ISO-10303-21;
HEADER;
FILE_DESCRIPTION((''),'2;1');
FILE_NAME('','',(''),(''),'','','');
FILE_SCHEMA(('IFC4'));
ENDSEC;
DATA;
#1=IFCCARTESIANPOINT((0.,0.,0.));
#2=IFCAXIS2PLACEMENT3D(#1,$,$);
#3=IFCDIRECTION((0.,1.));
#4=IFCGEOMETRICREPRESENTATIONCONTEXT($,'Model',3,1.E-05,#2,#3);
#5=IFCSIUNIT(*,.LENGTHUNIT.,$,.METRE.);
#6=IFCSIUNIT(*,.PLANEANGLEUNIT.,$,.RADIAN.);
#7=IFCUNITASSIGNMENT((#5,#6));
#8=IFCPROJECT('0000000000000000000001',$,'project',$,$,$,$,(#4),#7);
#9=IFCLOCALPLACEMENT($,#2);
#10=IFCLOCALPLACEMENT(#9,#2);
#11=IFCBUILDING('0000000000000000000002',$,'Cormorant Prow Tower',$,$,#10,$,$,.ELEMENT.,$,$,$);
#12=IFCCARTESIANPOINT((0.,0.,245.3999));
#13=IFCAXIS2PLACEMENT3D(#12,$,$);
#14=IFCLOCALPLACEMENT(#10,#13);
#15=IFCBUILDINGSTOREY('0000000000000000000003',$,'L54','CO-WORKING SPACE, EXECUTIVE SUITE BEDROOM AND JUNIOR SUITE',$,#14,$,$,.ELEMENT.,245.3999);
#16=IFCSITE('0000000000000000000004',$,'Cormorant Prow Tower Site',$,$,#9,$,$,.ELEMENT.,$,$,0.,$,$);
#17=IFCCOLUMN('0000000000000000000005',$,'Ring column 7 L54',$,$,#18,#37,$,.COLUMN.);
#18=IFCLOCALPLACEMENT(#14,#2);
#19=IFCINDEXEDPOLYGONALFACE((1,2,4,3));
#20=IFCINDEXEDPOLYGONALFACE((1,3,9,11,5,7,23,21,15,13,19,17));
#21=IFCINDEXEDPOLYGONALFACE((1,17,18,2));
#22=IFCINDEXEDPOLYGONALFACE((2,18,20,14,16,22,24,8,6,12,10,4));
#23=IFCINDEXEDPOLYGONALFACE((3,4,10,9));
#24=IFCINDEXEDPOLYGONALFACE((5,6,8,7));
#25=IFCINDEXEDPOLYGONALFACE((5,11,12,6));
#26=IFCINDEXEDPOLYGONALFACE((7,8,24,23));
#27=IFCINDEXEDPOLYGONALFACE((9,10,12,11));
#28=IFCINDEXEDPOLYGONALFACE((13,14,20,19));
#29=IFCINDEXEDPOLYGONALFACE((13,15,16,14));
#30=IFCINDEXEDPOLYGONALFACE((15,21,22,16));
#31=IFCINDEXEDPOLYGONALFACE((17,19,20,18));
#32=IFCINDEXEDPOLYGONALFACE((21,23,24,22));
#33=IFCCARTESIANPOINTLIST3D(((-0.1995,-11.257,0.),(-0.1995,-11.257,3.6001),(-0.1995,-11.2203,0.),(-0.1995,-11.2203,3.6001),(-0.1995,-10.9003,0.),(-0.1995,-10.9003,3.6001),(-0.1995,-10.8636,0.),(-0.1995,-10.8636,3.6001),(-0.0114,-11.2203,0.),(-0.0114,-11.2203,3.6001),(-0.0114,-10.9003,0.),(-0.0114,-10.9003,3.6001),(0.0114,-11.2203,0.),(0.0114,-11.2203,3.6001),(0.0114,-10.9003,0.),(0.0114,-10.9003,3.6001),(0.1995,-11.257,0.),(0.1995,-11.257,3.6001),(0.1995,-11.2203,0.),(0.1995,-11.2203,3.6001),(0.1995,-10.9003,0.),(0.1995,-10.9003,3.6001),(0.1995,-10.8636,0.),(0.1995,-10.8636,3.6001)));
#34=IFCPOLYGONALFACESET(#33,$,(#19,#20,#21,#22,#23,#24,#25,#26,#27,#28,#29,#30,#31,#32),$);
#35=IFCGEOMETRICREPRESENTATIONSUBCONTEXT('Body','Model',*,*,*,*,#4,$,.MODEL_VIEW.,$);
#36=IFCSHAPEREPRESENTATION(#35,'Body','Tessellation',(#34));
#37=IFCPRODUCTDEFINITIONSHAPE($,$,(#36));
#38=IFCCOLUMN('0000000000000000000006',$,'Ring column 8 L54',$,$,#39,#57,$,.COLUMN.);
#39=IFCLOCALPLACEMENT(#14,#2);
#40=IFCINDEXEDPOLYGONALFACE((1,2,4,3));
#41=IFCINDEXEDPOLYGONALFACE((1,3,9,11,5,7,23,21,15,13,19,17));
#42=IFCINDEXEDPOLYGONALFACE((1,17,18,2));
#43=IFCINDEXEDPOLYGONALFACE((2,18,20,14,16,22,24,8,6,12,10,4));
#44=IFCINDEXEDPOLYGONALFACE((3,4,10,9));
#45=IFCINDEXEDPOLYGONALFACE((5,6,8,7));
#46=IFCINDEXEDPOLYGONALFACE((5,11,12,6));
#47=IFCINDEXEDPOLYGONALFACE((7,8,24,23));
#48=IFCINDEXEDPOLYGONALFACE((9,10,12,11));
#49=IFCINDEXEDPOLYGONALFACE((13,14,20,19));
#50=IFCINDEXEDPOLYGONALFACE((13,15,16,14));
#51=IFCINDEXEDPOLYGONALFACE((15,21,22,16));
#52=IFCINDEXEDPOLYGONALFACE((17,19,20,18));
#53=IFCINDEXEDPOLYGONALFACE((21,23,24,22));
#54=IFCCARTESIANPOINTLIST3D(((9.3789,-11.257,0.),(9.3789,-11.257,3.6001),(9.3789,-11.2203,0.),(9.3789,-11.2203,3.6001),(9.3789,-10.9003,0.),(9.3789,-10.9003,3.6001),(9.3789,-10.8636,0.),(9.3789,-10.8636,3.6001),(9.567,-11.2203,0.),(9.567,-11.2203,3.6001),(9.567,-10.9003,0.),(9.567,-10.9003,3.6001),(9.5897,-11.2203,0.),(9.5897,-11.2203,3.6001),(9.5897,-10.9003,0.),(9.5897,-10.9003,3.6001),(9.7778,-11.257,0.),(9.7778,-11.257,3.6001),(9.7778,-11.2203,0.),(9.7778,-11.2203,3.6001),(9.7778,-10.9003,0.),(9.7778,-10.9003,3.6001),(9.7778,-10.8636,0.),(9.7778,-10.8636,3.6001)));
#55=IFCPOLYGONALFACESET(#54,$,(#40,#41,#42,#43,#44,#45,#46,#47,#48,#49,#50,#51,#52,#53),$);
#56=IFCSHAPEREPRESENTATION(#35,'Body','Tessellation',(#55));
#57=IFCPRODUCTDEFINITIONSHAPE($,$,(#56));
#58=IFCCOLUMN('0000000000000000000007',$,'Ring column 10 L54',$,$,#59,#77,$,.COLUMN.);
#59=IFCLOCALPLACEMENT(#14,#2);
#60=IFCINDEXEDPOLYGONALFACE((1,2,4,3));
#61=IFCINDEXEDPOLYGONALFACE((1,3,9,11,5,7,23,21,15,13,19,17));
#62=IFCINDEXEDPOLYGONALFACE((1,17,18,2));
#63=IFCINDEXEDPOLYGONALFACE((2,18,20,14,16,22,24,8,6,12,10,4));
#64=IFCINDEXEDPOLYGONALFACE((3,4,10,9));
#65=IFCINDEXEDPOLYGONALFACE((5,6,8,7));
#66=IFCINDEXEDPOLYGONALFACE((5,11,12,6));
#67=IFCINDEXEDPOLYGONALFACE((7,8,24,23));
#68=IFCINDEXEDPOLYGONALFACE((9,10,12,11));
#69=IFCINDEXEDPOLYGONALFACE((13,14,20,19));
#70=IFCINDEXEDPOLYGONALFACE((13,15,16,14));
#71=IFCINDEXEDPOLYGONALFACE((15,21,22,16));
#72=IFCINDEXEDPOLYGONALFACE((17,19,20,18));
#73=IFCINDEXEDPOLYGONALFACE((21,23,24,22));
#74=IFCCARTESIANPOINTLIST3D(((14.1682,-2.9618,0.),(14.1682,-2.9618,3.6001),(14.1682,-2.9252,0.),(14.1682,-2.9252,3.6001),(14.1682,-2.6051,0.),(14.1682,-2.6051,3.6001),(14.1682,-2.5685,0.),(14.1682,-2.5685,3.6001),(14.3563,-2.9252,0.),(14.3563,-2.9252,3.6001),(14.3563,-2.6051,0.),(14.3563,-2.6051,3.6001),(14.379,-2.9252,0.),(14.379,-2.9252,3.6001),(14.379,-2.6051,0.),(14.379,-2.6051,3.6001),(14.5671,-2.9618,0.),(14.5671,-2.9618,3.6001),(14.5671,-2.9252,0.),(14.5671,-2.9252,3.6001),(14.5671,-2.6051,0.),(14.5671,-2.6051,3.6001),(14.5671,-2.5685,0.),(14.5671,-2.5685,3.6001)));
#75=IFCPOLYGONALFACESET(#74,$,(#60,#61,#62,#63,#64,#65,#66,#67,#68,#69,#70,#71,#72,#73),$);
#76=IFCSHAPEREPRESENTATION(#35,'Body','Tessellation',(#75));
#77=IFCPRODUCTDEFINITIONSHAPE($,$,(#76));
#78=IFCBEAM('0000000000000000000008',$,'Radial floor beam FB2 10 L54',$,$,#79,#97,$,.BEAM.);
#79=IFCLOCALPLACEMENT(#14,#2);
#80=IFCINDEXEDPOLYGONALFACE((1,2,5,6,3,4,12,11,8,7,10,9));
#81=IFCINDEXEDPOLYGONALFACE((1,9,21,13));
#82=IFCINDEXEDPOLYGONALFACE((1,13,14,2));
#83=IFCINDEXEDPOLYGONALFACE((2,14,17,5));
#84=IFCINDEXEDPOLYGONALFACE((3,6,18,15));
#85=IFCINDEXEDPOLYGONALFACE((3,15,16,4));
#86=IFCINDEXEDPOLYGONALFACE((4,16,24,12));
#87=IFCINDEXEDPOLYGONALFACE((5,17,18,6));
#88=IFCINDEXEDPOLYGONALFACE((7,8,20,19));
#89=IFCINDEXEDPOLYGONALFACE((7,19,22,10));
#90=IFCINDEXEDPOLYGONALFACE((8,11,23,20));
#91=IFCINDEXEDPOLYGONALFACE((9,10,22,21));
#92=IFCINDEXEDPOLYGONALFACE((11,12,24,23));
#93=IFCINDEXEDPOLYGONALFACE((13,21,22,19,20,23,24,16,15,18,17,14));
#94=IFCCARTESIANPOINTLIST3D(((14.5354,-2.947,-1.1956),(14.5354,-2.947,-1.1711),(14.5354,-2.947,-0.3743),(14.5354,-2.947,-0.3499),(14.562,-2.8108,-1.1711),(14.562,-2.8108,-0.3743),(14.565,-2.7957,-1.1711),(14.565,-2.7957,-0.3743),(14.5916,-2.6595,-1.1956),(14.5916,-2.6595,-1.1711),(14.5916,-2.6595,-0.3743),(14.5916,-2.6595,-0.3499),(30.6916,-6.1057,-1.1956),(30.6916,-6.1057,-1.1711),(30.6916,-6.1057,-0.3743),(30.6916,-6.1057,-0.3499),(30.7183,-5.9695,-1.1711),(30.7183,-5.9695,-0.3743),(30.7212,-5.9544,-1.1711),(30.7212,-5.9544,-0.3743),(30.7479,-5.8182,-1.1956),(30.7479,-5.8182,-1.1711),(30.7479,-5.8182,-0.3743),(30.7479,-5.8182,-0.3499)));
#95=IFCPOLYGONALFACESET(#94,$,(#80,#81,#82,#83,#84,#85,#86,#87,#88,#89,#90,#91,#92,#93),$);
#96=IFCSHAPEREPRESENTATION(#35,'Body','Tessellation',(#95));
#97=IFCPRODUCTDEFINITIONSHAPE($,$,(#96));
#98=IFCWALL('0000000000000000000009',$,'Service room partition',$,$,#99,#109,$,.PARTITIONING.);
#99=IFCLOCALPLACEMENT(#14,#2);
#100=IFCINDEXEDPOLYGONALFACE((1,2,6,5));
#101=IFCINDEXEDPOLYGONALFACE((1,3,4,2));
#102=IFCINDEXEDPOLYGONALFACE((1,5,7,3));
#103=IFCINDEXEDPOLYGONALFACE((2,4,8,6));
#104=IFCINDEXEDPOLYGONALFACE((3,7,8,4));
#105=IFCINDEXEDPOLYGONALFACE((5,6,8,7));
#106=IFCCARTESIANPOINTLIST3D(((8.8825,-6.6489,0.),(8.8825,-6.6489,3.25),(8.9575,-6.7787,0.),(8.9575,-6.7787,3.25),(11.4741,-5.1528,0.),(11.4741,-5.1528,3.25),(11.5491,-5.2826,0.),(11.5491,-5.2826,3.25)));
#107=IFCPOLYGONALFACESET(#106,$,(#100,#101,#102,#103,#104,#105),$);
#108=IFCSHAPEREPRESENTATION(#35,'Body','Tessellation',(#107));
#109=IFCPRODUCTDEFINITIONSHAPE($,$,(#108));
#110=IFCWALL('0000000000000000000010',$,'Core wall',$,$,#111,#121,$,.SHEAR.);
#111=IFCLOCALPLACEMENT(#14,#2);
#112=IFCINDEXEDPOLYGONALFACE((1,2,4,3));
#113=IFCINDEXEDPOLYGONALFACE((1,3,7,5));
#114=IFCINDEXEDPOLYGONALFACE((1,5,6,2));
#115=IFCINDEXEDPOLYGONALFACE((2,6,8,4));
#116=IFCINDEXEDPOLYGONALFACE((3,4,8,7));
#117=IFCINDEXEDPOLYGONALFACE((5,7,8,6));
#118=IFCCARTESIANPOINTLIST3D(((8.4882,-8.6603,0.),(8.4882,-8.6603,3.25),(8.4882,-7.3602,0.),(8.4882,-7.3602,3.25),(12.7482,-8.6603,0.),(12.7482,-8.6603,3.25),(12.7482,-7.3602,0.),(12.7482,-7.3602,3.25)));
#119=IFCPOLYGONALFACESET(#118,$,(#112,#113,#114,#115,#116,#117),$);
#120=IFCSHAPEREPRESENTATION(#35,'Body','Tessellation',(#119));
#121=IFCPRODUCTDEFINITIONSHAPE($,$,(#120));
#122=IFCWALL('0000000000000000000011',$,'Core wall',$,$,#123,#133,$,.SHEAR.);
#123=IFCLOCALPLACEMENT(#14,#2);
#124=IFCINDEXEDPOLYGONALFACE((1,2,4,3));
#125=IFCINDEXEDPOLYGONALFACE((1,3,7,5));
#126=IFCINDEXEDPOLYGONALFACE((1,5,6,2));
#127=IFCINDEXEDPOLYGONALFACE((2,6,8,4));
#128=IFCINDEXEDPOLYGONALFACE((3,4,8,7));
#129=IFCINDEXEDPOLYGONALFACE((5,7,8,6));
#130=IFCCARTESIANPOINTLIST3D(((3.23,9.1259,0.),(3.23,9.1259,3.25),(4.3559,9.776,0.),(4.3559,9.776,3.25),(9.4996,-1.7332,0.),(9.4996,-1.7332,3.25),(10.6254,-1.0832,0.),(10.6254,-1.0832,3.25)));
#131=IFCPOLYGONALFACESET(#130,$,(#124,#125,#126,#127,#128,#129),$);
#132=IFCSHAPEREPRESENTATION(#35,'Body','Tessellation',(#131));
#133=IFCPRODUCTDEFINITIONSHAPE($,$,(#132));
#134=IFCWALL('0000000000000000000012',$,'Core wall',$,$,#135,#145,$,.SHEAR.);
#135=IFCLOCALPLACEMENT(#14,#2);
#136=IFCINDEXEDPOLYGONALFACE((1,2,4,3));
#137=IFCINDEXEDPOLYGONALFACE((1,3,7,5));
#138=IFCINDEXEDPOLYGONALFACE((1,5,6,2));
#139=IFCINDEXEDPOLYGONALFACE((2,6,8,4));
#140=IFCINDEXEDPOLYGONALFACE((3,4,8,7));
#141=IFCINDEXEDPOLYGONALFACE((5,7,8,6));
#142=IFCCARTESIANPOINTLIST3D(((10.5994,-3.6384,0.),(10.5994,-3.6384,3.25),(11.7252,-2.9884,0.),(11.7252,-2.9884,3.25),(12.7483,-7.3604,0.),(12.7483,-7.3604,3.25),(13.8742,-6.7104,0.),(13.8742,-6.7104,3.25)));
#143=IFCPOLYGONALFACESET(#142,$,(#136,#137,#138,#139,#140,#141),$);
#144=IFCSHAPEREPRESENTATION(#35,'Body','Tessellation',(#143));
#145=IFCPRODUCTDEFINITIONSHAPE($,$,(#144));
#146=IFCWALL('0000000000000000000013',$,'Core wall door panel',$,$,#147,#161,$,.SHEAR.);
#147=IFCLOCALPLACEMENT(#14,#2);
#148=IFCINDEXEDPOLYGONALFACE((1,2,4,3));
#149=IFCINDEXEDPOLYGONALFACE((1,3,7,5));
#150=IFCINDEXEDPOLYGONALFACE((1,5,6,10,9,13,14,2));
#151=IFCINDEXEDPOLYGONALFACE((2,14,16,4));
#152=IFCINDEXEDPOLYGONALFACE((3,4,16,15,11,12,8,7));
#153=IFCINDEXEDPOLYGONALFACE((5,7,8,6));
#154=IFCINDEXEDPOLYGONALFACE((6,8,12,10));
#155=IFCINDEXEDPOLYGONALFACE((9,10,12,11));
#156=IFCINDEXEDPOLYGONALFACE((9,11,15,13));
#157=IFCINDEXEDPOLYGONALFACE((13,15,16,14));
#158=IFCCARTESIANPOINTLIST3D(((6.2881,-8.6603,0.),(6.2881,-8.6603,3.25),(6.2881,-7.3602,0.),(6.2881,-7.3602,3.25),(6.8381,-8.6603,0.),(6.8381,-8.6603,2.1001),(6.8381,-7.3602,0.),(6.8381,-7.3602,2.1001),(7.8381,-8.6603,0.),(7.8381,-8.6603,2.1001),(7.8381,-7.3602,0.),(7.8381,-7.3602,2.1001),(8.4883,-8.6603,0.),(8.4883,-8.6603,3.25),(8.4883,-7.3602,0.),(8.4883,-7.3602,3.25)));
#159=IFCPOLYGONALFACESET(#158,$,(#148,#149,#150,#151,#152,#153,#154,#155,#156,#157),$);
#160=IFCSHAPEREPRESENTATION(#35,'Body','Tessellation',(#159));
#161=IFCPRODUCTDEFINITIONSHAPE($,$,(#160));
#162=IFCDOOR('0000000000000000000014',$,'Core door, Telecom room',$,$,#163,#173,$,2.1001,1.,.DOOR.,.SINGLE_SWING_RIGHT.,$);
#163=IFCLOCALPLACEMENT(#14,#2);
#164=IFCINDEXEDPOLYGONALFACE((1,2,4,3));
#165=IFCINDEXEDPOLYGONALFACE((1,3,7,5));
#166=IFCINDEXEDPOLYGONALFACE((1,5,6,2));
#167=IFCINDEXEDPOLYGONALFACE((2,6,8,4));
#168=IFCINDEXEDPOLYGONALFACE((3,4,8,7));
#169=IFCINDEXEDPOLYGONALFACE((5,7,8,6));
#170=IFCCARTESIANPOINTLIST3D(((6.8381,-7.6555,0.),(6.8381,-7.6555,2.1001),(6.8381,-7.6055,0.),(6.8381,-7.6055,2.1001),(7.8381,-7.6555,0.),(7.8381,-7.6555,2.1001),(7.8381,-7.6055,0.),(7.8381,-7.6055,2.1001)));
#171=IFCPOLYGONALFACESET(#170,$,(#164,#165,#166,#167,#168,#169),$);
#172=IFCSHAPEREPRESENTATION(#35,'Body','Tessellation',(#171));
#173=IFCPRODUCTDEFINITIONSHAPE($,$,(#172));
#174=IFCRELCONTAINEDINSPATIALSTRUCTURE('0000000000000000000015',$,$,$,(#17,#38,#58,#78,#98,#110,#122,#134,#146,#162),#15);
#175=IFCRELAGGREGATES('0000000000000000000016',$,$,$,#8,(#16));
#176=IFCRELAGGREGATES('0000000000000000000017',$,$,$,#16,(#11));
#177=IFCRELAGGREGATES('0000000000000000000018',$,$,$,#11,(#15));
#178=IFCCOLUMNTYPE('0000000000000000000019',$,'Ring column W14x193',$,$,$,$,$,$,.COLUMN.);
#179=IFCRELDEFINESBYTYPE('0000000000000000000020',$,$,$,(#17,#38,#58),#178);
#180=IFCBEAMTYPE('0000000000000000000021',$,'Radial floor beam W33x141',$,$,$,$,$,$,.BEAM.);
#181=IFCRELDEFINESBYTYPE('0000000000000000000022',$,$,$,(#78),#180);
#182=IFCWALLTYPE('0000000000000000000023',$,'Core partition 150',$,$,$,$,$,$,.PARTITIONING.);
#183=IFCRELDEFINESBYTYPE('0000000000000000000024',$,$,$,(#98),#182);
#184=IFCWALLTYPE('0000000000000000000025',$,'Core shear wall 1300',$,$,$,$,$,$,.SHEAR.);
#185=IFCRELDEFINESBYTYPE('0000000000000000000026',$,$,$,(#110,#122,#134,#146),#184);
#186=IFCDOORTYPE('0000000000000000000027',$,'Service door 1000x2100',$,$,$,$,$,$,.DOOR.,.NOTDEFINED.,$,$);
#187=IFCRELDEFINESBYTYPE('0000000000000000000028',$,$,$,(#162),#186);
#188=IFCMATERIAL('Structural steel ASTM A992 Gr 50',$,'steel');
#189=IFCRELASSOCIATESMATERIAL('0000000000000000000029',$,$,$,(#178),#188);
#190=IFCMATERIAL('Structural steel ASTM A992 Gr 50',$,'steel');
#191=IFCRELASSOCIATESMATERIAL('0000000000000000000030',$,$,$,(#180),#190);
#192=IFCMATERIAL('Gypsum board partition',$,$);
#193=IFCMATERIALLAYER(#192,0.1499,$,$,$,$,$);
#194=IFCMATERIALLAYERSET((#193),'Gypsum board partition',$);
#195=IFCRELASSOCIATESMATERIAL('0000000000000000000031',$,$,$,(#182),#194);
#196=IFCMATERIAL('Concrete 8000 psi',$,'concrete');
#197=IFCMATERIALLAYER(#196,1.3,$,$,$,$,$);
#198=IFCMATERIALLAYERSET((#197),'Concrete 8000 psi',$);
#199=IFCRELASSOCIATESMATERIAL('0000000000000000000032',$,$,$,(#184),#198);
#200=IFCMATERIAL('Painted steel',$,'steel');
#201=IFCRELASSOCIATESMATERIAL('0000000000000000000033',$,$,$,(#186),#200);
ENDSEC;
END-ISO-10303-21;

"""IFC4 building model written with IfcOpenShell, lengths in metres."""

from ifc_helpers import new_model, si_unit, direction, frame, frame_2d, origin, origin_2d, place, context, subcontext, project, spatial, rectangle, i_section, extrude, material, layer, layer_set, material_profile, profile_set, type_object, element, fill, save


model = new_model("IFC4")

# Units and contexts
model_context = context("Model", 3, precision=1e-05, world=origin(), true_north=direction((0.0, 1.0)))
body_context = subcontext(model_context, "Body", "Model", "MODEL_VIEW")
ifc_project = project(units=[si_unit("LENGTHUNIT", "METRE"), si_unit("PLANEANGLEUNIT", "RADIAN")], contexts=[model_context])

# Site, building, storey
site_placement = place(None, origin())
site = spatial("IfcSite", under=ifc_project, at=site_placement, Name="Cormorant Prow Tower Site", CompositionType="ELEMENT", RefElevation=0.0)
building_placement = place(site_placement, origin())
building = spatial("IfcBuilding", under=site, at=building_placement, Name="Cormorant Prow Tower", CompositionType="ELEMENT")
storey_placement = place(building_placement, frame((0.0, 0.0, 245.3999)))
storey = spatial("IfcBuildingStorey", under=building, at=storey_placement, Name="L54", Description="CO-WORKING SPACE, EXECUTIVE SUITE BEDROOM AND JUNIOR SUITE", CompositionType="ELEMENT", Elevation=245.3999)

# Columns
ifc_material_1 = material(Name="Structural steel ASTM A992 Gr 50", Category="steel")
ifc_material_profile_1 = material_profile(ifc_material_1, i_section(OverallWidth=0.3989, OverallDepth=0.3933, WebThickness=0.0227, FlangeThickness=0.0366, at=origin_2d()), Name="W14x193")
ifc_profile_set_1 = profile_set([ifc_material_profile_1], Name="Structural steel ASTM A992 Gr 50")
column_type = type_object("IfcColumnType", Name="Ring column W14x193", PredefinedType="COLUMN", material=ifc_profile_set_1)
for number, where, z_axis, x_axis, name in (
    (1, (0.0, -11.0603, 0.0), (0.0, 0.0, 1.0), (1.0, 0.0, 0.0), "Ring column 7 L54"),
    (2, (9.5784, -11.0603, 0.0), (0.0, 0.0, 1.0), (1.0, 0.0, 0.0), "Ring column 8 L54"),
    (3, (14.3677, -2.7651, 0.0), (0.0, 0.0, 1.0), (1.0, 0.0, 0.0), "Ring column 10 L54"),
):
    element("IfcColumn", number, at=place(storey_placement, frame(where, z_axis=z_axis, x_axis=x_axis)), inside=storey, type_object=column_type, Name=name, PredefinedType="COLUMN", context=body_context, shape_type="SweptSolid", body=[
        extrude(i_section(OverallWidth=0.3989, OverallDepth=0.3933, WebThickness=0.0227, FlangeThickness=0.0366, at=origin_2d()), origin(), (0.0, 0.0, 1.0), 3.6001),
    ])

# Beam
ifc_material_2 = material(Name="Structural steel ASTM A992 Gr 50", Category="steel")
ifc_material_profile_2 = material_profile(ifc_material_2, i_section(OverallWidth=0.293, OverallDepth=0.8457, WebThickness=0.0154, FlangeThickness=0.0244, at=origin_2d()), Name="W33x141")
ifc_profile_set_2 = profile_set([ifc_material_profile_2], Name="Structural steel ASTM A992 Gr 50")
beam_type = type_object("IfcBeamType", Name="Radial floor beam W33x141", PredefinedType="BEAM", material=ifc_profile_set_2)
beam_placement = place(storey_placement, frame((14.5635, -2.8032, -0.7727), z_axis=(0.981419, -0.191876, 0.0), x_axis=(0.191876, 0.981419, 0.0)))
element("IfcBeam", 4, at=beam_placement, inside=storey, type_object=beam_type, Name="Radial floor beam FB2 10 L54", PredefinedType="BEAM", context=body_context, shape_type="SweptSolid", body=[
    extrude(i_section(OverallWidth=0.293, OverallDepth=0.8457, WebThickness=0.0154, FlangeThickness=0.0244, at=origin_2d()), origin(), (0.0, 0.0, 1.0), 16.4622),
])

# Walls
ifc_material_3 = material(Name="Gypsum board partition")
ifc_layer_1 = layer(ifc_material_3, 0.1499)
ifc_layer_set_1 = layer_set([ifc_layer_1], Name="Gypsum board partition")
wall_type_1 = type_object("IfcWallType", Name="Core partition 150", PredefinedType="PARTITIONING", material=ifc_layer_set_1)
wall_1_placement = place(storey_placement, frame((11.5115, -5.2178, 0.0), z_axis=(0.0, 0.0, 1.0), x_axis=(-0.866046, -0.499965, 0.0)))
element("IfcWall", 5, at=wall_1_placement, inside=storey, type_object=wall_type_1, Name="Service room partition", PredefinedType="PARTITIONING", context=body_context, shape_type="SweptSolid", body=[
    extrude(rectangle(XDim=2.9924, YDim=0.1499, at=frame_2d((1.4961, 0.0))), origin(), (0.0, 0.0, 1.0), 3.25),
])
ifc_material_4 = material(Name="Concrete 8000 psi", Category="concrete")
ifc_layer_2 = layer(ifc_material_4, 1.3)
ifc_layer_set_2 = layer_set([ifc_layer_2], Name="Concrete 8000 psi")
wall_type_2 = type_object("IfcWallType", Name="Core shear wall 1300", PredefinedType="SHEAR", material=ifc_layer_set_2)
wall_2_placement = place(storey_placement, frame((8.4883, -8.0103, 0.0), z_axis=(0.0, 0.0, 1.0), x_axis=(1.0, 0.0, 0.0)))
element("IfcWall", 6, at=wall_2_placement, inside=storey, type_object=wall_type_2, Name="Core wall", PredefinedType="SHEAR", context=body_context, shape_type="SweptSolid", body=[
    extrude(rectangle(XDim=4.26, YDim=1.3, at=frame_2d((2.1299, 0.0))), origin(), (0.0, 0.0, 1.0), 3.25),
])
wall_3_placement = place(storey_placement, frame((10.0625, -1.4082, 0.0), z_axis=(0.0, 0.0, 1.0), x_axis=(-0.500001, 0.866025, 0.0)))
element("IfcWall", 7, at=wall_3_placement, inside=storey, type_object=wall_type_2, Name="Core wall", PredefinedType="SHEAR", context=body_context, shape_type="SweptSolid", body=[
    extrude(rectangle(XDim=12.5391, YDim=1.3, at=frame_2d((6.2695, 0.0))), origin(), (0.0, 0.0, 1.0), 3.25),
])
wall_4_placement = place(storey_placement, frame((13.3113, -7.0354, 0.0), z_axis=(0.0, 0.0, 1.0), x_axis=(-0.500013, 0.866018, 0.0)))
element("IfcWall", 8, at=wall_4_placement, inside=storey, type_object=wall_type_2, Name="Core wall", PredefinedType="SHEAR", context=body_context, shape_type="SweptSolid", body=[
    extrude(rectangle(XDim=4.2979, YDim=1.3, at=frame_2d((2.1489, 0.0))), origin(), (0.0, 0.0, 1.0), 3.25),
])

# Wall, opening, door
wall_5_placement = place(storey_placement, frame((6.2881, -8.0103, 0.0), z_axis=(0.0, 0.0, 1.0), x_axis=(1.0, 0.0, 0.0)))
wall_5 = element("IfcWall", 9, at=wall_5_placement, inside=storey, type_object=wall_type_2, Name="Core wall door panel", PredefinedType="SHEAR", context=body_context, shape_type="SweptSolid", body=[
    extrude(rectangle(XDim=2.2002, YDim=1.3, at=frame_2d((1.1001, 0.0))), origin(), (0.0, 0.0, 1.0), 3.25),
])
opening_1_placement = place(wall_5_placement, frame((0.55, 0.0, 0.0)))
opening_1 = element("IfcOpeningElement", 10, at=opening_1_placement, cuts=wall_5, PredefinedType="OPENING", context=body_context, shape_type="SweptSolid", body=[
    extrude(rectangle(XDim=1.0, YDim=2.1001, at=frame_2d((0.5, 1.05))), frame((0.0, 0.6599, 0.0), z_axis=(0.0, -1.0, 0.0), x_axis=(1.0, 0.0, 0.0)), (0.0, 0.0, 1.0), 1.3201),
])
ifc_material_5 = material(Name="Painted steel", Category="steel")
door_type_1 = type_object("IfcDoorType", Name="Service door 1000x2100", OperationType="NOTDEFINED", PredefinedType="DOOR", material=ifc_material_5)
door_1_placement = place(opening_1_placement, origin())
door_1 = element("IfcDoor", 11, at=door_1_placement, inside=storey, type_object=door_type_1, Name="Core door, Telecom room", OperationType="SINGLE_SWING_RIGHT", OverallHeight=2.1001, OverallWidth=1.0, PredefinedType="DOOR", context=body_context, shape_type="SweptSolid", body=[
    extrude(rectangle(XDim=1.0, YDim=2.1001, at=frame_2d((0.5, 1.05))), frame((0.0, 0.4048, 0.0), z_axis=(0.0, -1.0, 0.0), x_axis=(1.0, 0.0, 0.0)), (0.0, 0.0, 1.0), 0.05),
])
fill(opening_1, door_1)

save(model, "model.ifc")
